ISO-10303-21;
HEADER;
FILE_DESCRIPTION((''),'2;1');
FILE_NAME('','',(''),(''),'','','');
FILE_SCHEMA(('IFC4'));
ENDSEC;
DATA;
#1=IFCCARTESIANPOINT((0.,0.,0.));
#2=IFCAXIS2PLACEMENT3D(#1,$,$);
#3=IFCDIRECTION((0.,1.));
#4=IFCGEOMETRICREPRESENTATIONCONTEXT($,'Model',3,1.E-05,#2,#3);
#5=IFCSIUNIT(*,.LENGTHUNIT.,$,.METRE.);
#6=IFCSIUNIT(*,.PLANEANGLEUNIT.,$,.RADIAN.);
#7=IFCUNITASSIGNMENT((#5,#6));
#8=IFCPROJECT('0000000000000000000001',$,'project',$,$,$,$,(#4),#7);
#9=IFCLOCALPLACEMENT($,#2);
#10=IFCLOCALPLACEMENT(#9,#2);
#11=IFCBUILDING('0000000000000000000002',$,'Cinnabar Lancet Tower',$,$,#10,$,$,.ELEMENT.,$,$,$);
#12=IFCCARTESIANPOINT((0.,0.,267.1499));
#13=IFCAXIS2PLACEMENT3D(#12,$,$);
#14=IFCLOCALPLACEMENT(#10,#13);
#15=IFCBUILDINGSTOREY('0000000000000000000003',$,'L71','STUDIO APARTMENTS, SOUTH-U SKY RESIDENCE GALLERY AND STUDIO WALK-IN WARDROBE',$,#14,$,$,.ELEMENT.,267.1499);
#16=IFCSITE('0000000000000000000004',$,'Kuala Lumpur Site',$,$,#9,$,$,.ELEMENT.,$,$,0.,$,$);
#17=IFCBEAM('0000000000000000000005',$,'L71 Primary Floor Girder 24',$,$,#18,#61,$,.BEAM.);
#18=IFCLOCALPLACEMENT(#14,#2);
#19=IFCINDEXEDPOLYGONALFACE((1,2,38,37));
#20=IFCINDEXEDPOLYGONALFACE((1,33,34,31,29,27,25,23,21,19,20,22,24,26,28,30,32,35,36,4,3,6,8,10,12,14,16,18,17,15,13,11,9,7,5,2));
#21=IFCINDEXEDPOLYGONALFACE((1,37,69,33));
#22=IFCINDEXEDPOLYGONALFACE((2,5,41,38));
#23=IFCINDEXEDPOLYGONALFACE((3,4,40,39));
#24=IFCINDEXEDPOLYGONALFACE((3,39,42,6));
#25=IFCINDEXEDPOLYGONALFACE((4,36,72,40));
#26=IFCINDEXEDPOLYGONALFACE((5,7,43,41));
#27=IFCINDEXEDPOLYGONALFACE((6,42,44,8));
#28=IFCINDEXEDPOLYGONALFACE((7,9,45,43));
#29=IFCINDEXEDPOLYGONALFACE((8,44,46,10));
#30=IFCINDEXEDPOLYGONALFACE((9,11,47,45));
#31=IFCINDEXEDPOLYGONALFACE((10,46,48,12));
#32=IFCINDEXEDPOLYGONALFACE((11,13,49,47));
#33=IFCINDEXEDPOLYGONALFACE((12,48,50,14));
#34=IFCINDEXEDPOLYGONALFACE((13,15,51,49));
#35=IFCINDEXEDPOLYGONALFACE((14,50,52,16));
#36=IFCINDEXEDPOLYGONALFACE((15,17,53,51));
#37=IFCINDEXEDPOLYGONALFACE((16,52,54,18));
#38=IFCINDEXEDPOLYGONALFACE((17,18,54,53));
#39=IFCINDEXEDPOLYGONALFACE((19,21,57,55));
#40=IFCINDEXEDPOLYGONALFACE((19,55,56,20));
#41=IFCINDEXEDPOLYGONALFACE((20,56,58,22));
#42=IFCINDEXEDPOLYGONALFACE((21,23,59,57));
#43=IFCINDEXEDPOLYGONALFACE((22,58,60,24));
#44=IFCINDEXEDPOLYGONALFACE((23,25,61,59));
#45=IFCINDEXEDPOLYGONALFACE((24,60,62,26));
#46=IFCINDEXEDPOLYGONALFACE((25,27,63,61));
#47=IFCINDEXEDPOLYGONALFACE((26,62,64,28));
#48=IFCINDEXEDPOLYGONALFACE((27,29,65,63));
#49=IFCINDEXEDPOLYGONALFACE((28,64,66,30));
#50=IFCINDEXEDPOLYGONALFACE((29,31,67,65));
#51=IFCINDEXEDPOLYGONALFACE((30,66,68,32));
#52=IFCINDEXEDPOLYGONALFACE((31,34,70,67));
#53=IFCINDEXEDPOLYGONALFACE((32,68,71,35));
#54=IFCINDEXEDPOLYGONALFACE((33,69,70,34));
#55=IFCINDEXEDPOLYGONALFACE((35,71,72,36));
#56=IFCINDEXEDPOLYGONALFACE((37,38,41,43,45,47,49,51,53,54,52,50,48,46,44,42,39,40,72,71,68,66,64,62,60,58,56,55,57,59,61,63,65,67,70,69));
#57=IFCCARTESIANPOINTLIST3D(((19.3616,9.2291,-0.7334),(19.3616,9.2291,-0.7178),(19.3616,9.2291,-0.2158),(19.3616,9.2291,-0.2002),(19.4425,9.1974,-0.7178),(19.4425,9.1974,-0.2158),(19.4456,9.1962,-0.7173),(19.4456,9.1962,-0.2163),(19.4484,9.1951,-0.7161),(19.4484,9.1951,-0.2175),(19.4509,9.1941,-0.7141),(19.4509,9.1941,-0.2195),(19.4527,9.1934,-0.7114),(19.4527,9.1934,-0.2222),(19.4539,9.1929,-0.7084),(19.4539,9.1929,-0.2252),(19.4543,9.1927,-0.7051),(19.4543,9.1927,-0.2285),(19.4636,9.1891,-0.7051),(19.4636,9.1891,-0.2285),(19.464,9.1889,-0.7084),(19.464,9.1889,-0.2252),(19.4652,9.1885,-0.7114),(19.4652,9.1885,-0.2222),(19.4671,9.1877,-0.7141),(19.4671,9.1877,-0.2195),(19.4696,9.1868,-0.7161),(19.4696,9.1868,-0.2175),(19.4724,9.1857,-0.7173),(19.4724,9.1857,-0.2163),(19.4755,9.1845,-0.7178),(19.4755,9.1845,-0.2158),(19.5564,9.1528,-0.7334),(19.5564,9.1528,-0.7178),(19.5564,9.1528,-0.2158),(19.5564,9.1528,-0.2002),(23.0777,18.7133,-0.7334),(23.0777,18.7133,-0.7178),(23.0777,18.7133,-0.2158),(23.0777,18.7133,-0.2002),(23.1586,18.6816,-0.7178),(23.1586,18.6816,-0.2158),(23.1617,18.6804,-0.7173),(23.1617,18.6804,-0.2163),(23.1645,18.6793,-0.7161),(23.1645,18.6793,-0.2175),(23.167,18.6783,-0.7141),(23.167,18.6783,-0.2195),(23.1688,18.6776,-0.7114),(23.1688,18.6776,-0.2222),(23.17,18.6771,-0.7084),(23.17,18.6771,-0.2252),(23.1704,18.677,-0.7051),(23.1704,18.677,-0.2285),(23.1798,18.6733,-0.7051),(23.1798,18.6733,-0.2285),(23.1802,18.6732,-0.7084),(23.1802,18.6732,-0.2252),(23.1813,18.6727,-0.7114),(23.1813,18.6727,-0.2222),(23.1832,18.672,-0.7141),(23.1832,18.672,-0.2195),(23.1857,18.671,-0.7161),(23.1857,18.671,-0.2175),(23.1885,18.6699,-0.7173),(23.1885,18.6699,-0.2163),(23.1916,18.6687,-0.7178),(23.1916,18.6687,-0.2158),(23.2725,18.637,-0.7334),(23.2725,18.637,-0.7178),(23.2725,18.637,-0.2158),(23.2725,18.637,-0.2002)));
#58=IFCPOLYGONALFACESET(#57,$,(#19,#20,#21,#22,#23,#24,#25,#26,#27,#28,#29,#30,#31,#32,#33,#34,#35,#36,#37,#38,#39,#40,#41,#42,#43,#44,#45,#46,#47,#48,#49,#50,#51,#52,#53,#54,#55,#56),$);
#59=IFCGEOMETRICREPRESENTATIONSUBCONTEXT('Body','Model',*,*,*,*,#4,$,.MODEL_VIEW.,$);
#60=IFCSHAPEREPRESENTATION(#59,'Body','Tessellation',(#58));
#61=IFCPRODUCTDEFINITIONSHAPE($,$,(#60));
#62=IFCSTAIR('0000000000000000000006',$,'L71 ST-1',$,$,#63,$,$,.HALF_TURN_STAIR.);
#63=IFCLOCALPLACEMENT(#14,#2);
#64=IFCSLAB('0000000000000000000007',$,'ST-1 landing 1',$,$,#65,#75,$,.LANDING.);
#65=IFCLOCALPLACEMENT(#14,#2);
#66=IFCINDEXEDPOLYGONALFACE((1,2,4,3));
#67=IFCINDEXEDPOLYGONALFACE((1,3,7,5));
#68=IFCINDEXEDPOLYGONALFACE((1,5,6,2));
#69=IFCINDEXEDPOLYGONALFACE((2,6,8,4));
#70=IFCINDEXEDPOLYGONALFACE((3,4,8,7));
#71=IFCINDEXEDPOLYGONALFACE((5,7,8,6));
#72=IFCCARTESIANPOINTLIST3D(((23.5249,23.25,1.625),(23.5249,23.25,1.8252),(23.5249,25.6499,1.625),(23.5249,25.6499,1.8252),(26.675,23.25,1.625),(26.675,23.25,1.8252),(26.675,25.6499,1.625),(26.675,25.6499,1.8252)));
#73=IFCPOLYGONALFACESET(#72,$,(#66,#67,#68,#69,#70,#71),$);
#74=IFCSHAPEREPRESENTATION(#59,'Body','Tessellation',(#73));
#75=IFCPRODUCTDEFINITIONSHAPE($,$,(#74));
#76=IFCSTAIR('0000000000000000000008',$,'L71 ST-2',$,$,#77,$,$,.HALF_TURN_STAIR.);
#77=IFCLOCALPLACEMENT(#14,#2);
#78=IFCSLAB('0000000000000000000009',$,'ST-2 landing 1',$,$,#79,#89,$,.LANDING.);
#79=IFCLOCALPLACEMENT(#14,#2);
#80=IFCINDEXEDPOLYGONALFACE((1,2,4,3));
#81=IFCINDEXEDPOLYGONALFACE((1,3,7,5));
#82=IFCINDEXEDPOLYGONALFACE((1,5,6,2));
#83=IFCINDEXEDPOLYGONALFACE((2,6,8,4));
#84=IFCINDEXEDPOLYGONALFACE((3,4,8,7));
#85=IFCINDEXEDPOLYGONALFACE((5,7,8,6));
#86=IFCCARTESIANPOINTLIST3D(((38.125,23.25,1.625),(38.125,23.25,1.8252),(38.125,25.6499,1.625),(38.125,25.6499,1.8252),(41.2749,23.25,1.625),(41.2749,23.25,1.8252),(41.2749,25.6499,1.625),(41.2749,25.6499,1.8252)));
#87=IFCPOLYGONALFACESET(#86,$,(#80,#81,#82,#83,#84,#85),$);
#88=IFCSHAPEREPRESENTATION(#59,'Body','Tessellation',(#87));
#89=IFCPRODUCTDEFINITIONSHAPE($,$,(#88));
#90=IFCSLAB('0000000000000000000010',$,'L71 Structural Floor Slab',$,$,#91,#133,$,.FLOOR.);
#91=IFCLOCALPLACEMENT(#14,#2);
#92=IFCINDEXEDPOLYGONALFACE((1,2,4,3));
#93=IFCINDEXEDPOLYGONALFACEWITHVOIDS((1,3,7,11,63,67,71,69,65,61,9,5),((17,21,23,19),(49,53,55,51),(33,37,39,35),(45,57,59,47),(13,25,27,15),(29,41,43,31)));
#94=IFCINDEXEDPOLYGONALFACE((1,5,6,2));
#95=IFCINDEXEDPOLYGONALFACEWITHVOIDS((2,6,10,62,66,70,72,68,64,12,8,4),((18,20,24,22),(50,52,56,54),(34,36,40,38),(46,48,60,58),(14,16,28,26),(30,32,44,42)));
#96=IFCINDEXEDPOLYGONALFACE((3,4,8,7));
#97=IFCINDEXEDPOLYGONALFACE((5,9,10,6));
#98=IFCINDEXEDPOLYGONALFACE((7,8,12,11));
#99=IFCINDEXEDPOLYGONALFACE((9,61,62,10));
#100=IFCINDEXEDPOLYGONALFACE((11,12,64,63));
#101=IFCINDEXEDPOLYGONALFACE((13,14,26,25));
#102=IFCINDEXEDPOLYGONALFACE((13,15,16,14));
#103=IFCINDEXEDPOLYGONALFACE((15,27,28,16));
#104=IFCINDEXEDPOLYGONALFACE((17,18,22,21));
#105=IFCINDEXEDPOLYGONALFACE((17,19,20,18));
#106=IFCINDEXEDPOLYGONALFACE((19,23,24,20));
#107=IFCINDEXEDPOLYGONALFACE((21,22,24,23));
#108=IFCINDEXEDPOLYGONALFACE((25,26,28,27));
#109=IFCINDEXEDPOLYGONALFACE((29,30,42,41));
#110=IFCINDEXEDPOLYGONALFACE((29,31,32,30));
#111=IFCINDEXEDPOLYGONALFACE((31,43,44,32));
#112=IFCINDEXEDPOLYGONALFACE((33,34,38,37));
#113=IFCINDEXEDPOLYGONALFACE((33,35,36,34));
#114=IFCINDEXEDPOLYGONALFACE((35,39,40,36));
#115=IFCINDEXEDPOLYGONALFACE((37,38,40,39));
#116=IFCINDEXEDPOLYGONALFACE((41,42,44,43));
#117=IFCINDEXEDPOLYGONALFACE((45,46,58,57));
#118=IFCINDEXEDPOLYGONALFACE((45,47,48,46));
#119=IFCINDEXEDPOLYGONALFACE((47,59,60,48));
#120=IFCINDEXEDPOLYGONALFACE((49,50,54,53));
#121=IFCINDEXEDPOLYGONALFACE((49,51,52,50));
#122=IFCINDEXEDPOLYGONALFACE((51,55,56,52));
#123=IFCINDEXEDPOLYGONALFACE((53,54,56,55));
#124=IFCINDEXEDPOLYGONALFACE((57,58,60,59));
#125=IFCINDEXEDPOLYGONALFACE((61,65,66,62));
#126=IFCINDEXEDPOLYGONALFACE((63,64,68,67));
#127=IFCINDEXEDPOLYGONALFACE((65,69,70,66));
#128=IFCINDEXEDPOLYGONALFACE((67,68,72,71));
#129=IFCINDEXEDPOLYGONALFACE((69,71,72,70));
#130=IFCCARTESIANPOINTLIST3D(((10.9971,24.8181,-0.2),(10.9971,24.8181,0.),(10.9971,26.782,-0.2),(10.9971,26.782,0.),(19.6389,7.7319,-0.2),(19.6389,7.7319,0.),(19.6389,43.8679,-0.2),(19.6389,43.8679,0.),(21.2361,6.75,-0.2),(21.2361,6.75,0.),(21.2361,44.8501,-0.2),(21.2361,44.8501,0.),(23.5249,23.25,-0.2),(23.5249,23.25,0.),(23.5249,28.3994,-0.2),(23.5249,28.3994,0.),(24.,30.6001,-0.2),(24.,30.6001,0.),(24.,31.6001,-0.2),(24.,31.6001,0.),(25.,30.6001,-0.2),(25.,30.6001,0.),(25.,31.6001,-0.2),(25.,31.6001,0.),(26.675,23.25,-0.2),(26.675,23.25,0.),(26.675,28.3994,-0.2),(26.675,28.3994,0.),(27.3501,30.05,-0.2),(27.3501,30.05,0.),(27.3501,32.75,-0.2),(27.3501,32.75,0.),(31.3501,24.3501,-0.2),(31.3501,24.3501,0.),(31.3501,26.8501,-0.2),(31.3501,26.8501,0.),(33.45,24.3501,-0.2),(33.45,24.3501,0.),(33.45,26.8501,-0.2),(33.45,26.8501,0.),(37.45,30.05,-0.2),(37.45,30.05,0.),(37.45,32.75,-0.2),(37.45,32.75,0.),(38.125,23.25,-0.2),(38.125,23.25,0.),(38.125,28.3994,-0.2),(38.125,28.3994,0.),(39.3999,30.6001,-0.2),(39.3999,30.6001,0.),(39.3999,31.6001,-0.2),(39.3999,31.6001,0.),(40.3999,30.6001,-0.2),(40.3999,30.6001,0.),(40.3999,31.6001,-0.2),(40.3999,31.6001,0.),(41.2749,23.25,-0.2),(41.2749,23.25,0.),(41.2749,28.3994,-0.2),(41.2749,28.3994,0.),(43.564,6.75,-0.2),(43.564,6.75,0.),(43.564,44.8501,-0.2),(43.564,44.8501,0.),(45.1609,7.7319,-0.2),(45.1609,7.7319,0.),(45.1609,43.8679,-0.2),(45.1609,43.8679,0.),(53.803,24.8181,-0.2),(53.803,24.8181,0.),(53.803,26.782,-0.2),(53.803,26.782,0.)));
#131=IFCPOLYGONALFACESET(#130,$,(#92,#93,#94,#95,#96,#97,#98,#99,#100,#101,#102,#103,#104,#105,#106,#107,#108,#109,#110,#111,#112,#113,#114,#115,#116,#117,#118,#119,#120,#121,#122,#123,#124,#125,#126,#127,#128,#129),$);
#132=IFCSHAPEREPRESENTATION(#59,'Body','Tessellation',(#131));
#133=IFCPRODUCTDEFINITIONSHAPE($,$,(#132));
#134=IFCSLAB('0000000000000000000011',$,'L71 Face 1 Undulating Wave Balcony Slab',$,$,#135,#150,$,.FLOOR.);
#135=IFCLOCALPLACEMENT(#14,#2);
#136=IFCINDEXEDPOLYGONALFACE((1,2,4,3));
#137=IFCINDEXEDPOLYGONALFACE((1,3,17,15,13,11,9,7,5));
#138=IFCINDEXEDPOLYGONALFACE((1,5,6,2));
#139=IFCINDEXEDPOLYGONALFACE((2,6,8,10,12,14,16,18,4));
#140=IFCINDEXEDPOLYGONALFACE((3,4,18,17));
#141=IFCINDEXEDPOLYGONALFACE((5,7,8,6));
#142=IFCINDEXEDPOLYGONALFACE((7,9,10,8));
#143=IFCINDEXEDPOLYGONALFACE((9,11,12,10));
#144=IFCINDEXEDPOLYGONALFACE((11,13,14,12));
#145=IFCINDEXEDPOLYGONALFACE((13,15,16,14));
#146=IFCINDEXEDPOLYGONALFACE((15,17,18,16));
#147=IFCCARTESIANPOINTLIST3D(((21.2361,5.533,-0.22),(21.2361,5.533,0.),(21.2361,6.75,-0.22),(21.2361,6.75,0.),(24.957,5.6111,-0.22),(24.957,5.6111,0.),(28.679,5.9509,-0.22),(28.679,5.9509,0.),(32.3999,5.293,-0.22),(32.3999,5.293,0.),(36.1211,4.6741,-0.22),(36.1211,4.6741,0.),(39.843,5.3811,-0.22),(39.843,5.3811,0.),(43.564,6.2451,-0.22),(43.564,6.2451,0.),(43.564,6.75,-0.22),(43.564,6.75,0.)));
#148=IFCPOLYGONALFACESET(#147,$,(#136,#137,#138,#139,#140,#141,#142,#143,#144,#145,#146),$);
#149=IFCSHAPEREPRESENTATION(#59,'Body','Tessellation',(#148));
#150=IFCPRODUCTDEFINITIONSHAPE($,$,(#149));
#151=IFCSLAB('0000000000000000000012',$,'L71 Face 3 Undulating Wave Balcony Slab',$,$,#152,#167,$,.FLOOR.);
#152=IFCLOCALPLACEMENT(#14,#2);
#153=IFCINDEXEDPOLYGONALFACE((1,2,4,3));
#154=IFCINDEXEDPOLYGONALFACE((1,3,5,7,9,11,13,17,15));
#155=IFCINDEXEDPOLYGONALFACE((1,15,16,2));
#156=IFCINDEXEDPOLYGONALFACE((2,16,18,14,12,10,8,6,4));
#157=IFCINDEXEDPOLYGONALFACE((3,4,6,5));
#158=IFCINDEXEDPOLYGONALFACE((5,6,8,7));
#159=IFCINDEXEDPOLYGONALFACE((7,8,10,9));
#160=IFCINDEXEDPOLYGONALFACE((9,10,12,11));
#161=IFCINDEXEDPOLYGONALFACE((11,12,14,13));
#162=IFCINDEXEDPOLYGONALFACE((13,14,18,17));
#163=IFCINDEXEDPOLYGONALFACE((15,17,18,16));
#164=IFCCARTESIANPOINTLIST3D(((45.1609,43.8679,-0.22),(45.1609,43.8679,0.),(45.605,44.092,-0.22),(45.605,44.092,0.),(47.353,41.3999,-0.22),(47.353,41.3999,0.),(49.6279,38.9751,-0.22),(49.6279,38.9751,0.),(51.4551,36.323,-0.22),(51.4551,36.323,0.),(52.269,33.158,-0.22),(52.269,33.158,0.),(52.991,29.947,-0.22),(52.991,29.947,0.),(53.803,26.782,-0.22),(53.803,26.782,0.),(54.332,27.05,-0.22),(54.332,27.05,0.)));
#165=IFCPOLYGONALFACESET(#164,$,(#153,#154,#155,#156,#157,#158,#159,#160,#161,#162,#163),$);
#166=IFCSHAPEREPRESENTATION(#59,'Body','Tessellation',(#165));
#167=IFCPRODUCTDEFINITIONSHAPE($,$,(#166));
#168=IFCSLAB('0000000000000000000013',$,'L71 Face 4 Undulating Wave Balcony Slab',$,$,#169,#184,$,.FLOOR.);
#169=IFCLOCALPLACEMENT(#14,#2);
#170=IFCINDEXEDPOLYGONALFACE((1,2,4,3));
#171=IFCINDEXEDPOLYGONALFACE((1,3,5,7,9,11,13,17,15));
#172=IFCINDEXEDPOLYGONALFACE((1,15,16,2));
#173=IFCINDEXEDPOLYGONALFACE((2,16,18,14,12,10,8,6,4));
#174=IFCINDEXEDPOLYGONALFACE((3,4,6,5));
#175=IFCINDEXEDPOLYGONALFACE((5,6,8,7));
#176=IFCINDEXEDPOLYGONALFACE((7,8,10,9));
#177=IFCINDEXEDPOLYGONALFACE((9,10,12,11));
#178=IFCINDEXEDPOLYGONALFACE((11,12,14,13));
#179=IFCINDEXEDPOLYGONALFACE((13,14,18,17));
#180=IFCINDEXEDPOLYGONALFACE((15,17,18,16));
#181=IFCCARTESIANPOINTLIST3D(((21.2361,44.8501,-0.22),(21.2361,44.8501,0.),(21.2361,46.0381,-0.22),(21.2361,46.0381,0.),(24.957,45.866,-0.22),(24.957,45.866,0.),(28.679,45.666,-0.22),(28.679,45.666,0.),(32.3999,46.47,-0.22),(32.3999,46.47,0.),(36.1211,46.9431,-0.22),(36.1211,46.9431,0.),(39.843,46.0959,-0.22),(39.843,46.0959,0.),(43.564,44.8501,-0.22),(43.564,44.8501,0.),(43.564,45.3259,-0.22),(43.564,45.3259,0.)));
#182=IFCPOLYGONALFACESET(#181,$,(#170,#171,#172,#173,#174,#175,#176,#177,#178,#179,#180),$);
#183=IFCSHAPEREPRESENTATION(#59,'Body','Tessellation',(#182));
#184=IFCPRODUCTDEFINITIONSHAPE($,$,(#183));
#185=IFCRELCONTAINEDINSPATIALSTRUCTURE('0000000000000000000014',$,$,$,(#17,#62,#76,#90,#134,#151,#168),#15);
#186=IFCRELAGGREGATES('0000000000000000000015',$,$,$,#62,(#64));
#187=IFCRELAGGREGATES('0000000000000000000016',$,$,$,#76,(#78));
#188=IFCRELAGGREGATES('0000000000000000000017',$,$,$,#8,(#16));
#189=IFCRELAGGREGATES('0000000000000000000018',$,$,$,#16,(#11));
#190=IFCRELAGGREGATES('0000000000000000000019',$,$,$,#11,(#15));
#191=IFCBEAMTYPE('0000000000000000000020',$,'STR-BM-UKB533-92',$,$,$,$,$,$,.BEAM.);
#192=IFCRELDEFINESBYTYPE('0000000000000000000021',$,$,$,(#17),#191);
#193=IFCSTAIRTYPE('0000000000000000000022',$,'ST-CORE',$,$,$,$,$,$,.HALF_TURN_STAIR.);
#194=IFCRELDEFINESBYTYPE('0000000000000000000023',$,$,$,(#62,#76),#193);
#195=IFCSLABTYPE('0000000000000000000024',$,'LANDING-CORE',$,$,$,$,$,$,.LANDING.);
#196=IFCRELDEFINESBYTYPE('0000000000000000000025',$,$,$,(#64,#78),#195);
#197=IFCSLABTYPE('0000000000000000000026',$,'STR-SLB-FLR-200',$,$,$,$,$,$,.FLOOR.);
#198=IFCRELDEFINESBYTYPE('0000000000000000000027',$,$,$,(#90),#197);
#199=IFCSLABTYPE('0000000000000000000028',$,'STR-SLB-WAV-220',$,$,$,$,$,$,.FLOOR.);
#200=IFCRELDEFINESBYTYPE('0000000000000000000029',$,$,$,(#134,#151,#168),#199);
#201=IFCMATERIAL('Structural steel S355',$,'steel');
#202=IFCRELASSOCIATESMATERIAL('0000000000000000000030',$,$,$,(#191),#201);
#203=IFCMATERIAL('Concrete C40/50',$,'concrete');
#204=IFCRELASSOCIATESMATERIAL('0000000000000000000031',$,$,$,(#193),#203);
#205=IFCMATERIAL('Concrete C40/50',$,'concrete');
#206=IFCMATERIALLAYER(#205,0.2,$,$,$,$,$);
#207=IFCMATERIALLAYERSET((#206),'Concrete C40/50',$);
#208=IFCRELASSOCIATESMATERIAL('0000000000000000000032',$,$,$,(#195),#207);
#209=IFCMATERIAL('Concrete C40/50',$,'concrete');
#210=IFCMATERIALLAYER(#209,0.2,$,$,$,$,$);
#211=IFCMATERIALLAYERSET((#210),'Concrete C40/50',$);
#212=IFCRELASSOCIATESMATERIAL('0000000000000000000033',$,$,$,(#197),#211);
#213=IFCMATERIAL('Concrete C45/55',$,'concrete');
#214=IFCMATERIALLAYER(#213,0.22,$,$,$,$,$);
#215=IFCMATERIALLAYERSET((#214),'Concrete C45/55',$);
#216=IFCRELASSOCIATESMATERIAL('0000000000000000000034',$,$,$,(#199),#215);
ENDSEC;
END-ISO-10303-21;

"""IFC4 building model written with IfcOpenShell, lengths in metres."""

from ifc_helpers import new_model, si_unit, direction, frame, origin, origin_2d, place, context, subcontext, project, spatial, polyline, i_section, outline, extrude, material, layer, layer_set, material_profile, profile_set, type_object, element, aggregate, save


model = new_model("IFC4")

# Units and contexts
model_context = context("Model", 3, precision=1e-05, world=origin(), true_north=direction((0.0, 1.0)))
body_context = subcontext(model_context, "Body", "Model", "MODEL_VIEW")
ifc_project = project(units=[si_unit("LENGTHUNIT", "METRE"), si_unit("PLANEANGLEUNIT", "RADIAN")], contexts=[model_context])

# Site, building, storey
site_placement = place(None, origin())
site = spatial("IfcSite", under=ifc_project, at=site_placement, Name="Kuala Lumpur Site", CompositionType="ELEMENT", RefElevation=0.0)
building_placement = place(site_placement, origin())
building = spatial("IfcBuilding", under=site, at=building_placement, Name="Cinnabar Lancet Tower", CompositionType="ELEMENT")
storey_placement = place(building_placement, frame((0.0, 0.0, 267.1499)))
storey = spatial("IfcBuildingStorey", under=building, at=storey_placement, Name="L71", Description="STUDIO APARTMENTS, SOUTH-U SKY RESIDENCE GALLERY AND STUDIO WALK-IN WARDROBE", CompositionType="ELEMENT", Elevation=267.1499)

# Beam
ifc_material_1 = material(Name="Structural steel S355", Category="steel")
ifc_material_profile_1 = material_profile(ifc_material_1, i_section(OverallWidth=0.2092, OverallDepth=0.5332, WebThickness=0.01, FlangeThickness=0.0156, FilletRadius=0.0127, at=origin_2d()), Name="UKB 533x210x92")
ifc_profile_set_1 = profile_set([ifc_material_profile_1], Name="Structural steel S355")
beam_type_1 = type_object("IfcBeamType", Name="STR-BM-UKB533-92", PredefinedType="BEAM", material=ifc_profile_set_1)
beam_1_placement = place(storey_placement, frame((19.459, 9.1909, -0.4668), z_axis=(0.364815, 0.93108, 0.0), x_axis=(-0.93108, 0.364815, 0.0)))
element("IfcBeam", 1, at=beam_1_placement, inside=storey, type_object=beam_type_1, Name="L71 Primary Floor Girder 24", PredefinedType="BEAM", context=body_context, shape_type="SweptSolid", body=[
    extrude(i_section(OverallWidth=0.2092, OverallDepth=0.5332, WebThickness=0.01, FlangeThickness=0.0156, FilletRadius=0.0127, at=origin_2d()), origin(), (0.0, 0.0, 1.0), 10.1863),
])

# Stairs, slabs
ifc_material_2 = material(Name="Concrete C40/50", Category="concrete")
stair_type = type_object("IfcStairType", Name="ST-CORE", PredefinedType="HALF_TURN_STAIR", material=ifc_material_2)
stair_1_placement = place(storey_placement, origin())
stair_1 = element("IfcStair", 2, at=stair_1_placement, inside=storey, type_object=stair_type, Name="L71 ST-1", PredefinedType="HALF_TURN_STAIR")
ifc_material_3 = material(Name="Concrete C40/50", Category="concrete")
ifc_layer_1 = layer(ifc_material_3, 0.2)
ifc_layer_set_1 = layer_set([ifc_layer_1], Name="Concrete C40/50")
slab_type_1 = type_object("IfcSlabType", Name="LANDING-CORE", PredefinedType="LANDING", material=ifc_layer_set_1)
slab_1_placement = place(storey_placement, frame((0.0, 0.0, 1.625)))
slab_1 = element("IfcSlab", 3, at=slab_1_placement, type_object=slab_type_1, Name="ST-1 landing 1", PredefinedType="LANDING", context=body_context, shape_type="SweptSolid", body=[
    extrude(outline(polyline([(23.5249, 25.6499), (23.5249, 23.25), (26.675, 23.25), (26.675, 25.6499), (23.5249, 25.6499)])), origin(), (0.0, 0.0, 1.0), 0.2002),
])
aggregate(stair_1, [slab_1])
stair_2_placement = place(storey_placement, origin())
stair_2 = element("IfcStair", 4, at=stair_2_placement, inside=storey, type_object=stair_type, Name="L71 ST-2", PredefinedType="HALF_TURN_STAIR")
slab_2_placement = place(storey_placement, frame((0.0, 0.0, 1.625)))
slab_2 = element("IfcSlab", 5, at=slab_2_placement, type_object=slab_type_1, Name="ST-2 landing 1", PredefinedType="LANDING", context=body_context, shape_type="SweptSolid", body=[
    extrude(outline(polyline([(38.125, 25.6499), (38.125, 23.25), (41.2749, 23.25), (41.2749, 25.6499), (38.125, 25.6499)])), origin(), (0.0, 0.0, 1.0), 0.2002),
])
aggregate(stair_2, [slab_2])

# Slabs
ifc_material_4 = material(Name="Concrete C40/50", Category="concrete")
ifc_layer_2 = layer(ifc_material_4, 0.2)
ifc_layer_set_2 = layer_set([ifc_layer_2], Name="Concrete C40/50")
slab_type_2 = type_object("IfcSlabType", Name="STR-SLB-FLR-200", PredefinedType="FLOOR", material=ifc_layer_set_2)
slab_3_placement = place(storey_placement, frame((0.0, 0.0, -0.2)))
element("IfcSlab", 6, at=slab_3_placement, inside=storey, type_object=slab_type_2, Name="L71 Structural Floor Slab", PredefinedType="FLOOR", context=body_context, shape_type="SweptSolid", body=[
    extrude(outline(polyline([(19.6389, 7.7319), (21.2361, 6.75), (43.564, 6.75), (45.1609, 7.7319), (53.803, 24.8181), (53.803, 26.782), (45.1609, 43.8679), (43.564, 44.8501), (21.2361, 44.8501), (19.6389, 43.8679), (10.9971, 26.782), (10.9971, 24.8181), (19.6389, 7.7319)]), holes=[polyline([(23.5249, 23.25), (26.675, 23.25), (26.675, 28.3994), (23.5249, 28.3994), (23.5249, 23.25)]), polyline([(38.125, 23.25), (41.2749, 23.25), (41.2749, 28.3994), (38.125, 28.3994), (38.125, 23.25)]), polyline([(27.3501, 30.05), (37.45, 30.05), (37.45, 32.75), (27.3501, 32.75), (27.3501, 30.05)]), polyline([(31.3501, 24.3501), (33.45, 24.3501), (33.45, 26.8501), (31.3501, 26.8501), (31.3501, 24.3501)]), polyline([(24.0, 30.6001), (25.0, 30.6001), (25.0, 31.6001), (24.0, 31.6001), (24.0, 30.6001)]), polyline([(39.3999, 30.6001), (40.3999, 30.6001), (40.3999, 31.6001), (39.3999, 31.6001), (39.3999, 30.6001)])]), origin(), (0.0, 0.0, 1.0), 0.2),
])
ifc_material_5 = material(Name="Concrete C45/55", Category="concrete")
ifc_layer_3 = layer(ifc_material_5, 0.22)
ifc_layer_set_3 = layer_set([ifc_layer_3], Name="Concrete C45/55")
slab_type_3 = type_object("IfcSlabType", Name="STR-SLB-WAV-220", PredefinedType="FLOOR", material=ifc_layer_set_3)
slab_4_placement = place(storey_placement, frame((0.0, 0.0, -0.22)))
element("IfcSlab", 7, at=slab_4_placement, inside=storey, type_object=slab_type_3, Name="L71 Face 1 Undulating Wave Balcony Slab", PredefinedType="FLOOR", context=body_context, shape_type="SweptSolid", body=[
    extrude(outline(polyline([(21.2361, 6.75), (21.2361, 5.533), (24.957, 5.6111), (28.679, 5.9509), (32.3999, 5.293), (36.1211, 4.6741), (39.843, 5.3811), (43.564, 6.2451), (43.564, 6.75), (21.2361, 6.75)])), origin(), (0.0, 0.0, 1.0), 0.22),
])
slab_5_placement = place(storey_placement, frame((0.0, 0.0, -0.22)))
element("IfcSlab", 8, at=slab_5_placement, inside=storey, type_object=slab_type_3, Name="L71 Face 3 Undulating Wave Balcony Slab", PredefinedType="FLOOR", context=body_context, shape_type="SweptSolid", body=[
    extrude(outline(polyline([(53.803, 26.782), (54.332, 27.05), (52.991, 29.947), (52.269, 33.158), (51.4551, 36.323), (49.6279, 38.9751), (47.353, 41.3999), (45.605, 44.092), (45.1609, 43.8679), (53.803, 26.782)])), origin(), (0.0, 0.0, 1.0), 0.22),
])
slab_6_placement = place(storey_placement, frame((0.0, 0.0, -0.22)))
element("IfcSlab", 9, at=slab_6_placement, inside=storey, type_object=slab_type_3, Name="L71 Face 4 Undulating Wave Balcony Slab", PredefinedType="FLOOR", context=body_context, shape_type="SweptSolid", body=[
    extrude(outline(polyline([(43.564, 44.8501), (43.564, 45.3259), (39.843, 46.0959), (36.1211, 46.9431), (32.3999, 46.47), (28.679, 45.666), (24.957, 45.866), (21.2361, 46.0381), (21.2361, 44.8501), (43.564, 44.8501)])), origin(), (0.0, 0.0, 1.0), 0.22),
])

save(model, "model.ifc")
